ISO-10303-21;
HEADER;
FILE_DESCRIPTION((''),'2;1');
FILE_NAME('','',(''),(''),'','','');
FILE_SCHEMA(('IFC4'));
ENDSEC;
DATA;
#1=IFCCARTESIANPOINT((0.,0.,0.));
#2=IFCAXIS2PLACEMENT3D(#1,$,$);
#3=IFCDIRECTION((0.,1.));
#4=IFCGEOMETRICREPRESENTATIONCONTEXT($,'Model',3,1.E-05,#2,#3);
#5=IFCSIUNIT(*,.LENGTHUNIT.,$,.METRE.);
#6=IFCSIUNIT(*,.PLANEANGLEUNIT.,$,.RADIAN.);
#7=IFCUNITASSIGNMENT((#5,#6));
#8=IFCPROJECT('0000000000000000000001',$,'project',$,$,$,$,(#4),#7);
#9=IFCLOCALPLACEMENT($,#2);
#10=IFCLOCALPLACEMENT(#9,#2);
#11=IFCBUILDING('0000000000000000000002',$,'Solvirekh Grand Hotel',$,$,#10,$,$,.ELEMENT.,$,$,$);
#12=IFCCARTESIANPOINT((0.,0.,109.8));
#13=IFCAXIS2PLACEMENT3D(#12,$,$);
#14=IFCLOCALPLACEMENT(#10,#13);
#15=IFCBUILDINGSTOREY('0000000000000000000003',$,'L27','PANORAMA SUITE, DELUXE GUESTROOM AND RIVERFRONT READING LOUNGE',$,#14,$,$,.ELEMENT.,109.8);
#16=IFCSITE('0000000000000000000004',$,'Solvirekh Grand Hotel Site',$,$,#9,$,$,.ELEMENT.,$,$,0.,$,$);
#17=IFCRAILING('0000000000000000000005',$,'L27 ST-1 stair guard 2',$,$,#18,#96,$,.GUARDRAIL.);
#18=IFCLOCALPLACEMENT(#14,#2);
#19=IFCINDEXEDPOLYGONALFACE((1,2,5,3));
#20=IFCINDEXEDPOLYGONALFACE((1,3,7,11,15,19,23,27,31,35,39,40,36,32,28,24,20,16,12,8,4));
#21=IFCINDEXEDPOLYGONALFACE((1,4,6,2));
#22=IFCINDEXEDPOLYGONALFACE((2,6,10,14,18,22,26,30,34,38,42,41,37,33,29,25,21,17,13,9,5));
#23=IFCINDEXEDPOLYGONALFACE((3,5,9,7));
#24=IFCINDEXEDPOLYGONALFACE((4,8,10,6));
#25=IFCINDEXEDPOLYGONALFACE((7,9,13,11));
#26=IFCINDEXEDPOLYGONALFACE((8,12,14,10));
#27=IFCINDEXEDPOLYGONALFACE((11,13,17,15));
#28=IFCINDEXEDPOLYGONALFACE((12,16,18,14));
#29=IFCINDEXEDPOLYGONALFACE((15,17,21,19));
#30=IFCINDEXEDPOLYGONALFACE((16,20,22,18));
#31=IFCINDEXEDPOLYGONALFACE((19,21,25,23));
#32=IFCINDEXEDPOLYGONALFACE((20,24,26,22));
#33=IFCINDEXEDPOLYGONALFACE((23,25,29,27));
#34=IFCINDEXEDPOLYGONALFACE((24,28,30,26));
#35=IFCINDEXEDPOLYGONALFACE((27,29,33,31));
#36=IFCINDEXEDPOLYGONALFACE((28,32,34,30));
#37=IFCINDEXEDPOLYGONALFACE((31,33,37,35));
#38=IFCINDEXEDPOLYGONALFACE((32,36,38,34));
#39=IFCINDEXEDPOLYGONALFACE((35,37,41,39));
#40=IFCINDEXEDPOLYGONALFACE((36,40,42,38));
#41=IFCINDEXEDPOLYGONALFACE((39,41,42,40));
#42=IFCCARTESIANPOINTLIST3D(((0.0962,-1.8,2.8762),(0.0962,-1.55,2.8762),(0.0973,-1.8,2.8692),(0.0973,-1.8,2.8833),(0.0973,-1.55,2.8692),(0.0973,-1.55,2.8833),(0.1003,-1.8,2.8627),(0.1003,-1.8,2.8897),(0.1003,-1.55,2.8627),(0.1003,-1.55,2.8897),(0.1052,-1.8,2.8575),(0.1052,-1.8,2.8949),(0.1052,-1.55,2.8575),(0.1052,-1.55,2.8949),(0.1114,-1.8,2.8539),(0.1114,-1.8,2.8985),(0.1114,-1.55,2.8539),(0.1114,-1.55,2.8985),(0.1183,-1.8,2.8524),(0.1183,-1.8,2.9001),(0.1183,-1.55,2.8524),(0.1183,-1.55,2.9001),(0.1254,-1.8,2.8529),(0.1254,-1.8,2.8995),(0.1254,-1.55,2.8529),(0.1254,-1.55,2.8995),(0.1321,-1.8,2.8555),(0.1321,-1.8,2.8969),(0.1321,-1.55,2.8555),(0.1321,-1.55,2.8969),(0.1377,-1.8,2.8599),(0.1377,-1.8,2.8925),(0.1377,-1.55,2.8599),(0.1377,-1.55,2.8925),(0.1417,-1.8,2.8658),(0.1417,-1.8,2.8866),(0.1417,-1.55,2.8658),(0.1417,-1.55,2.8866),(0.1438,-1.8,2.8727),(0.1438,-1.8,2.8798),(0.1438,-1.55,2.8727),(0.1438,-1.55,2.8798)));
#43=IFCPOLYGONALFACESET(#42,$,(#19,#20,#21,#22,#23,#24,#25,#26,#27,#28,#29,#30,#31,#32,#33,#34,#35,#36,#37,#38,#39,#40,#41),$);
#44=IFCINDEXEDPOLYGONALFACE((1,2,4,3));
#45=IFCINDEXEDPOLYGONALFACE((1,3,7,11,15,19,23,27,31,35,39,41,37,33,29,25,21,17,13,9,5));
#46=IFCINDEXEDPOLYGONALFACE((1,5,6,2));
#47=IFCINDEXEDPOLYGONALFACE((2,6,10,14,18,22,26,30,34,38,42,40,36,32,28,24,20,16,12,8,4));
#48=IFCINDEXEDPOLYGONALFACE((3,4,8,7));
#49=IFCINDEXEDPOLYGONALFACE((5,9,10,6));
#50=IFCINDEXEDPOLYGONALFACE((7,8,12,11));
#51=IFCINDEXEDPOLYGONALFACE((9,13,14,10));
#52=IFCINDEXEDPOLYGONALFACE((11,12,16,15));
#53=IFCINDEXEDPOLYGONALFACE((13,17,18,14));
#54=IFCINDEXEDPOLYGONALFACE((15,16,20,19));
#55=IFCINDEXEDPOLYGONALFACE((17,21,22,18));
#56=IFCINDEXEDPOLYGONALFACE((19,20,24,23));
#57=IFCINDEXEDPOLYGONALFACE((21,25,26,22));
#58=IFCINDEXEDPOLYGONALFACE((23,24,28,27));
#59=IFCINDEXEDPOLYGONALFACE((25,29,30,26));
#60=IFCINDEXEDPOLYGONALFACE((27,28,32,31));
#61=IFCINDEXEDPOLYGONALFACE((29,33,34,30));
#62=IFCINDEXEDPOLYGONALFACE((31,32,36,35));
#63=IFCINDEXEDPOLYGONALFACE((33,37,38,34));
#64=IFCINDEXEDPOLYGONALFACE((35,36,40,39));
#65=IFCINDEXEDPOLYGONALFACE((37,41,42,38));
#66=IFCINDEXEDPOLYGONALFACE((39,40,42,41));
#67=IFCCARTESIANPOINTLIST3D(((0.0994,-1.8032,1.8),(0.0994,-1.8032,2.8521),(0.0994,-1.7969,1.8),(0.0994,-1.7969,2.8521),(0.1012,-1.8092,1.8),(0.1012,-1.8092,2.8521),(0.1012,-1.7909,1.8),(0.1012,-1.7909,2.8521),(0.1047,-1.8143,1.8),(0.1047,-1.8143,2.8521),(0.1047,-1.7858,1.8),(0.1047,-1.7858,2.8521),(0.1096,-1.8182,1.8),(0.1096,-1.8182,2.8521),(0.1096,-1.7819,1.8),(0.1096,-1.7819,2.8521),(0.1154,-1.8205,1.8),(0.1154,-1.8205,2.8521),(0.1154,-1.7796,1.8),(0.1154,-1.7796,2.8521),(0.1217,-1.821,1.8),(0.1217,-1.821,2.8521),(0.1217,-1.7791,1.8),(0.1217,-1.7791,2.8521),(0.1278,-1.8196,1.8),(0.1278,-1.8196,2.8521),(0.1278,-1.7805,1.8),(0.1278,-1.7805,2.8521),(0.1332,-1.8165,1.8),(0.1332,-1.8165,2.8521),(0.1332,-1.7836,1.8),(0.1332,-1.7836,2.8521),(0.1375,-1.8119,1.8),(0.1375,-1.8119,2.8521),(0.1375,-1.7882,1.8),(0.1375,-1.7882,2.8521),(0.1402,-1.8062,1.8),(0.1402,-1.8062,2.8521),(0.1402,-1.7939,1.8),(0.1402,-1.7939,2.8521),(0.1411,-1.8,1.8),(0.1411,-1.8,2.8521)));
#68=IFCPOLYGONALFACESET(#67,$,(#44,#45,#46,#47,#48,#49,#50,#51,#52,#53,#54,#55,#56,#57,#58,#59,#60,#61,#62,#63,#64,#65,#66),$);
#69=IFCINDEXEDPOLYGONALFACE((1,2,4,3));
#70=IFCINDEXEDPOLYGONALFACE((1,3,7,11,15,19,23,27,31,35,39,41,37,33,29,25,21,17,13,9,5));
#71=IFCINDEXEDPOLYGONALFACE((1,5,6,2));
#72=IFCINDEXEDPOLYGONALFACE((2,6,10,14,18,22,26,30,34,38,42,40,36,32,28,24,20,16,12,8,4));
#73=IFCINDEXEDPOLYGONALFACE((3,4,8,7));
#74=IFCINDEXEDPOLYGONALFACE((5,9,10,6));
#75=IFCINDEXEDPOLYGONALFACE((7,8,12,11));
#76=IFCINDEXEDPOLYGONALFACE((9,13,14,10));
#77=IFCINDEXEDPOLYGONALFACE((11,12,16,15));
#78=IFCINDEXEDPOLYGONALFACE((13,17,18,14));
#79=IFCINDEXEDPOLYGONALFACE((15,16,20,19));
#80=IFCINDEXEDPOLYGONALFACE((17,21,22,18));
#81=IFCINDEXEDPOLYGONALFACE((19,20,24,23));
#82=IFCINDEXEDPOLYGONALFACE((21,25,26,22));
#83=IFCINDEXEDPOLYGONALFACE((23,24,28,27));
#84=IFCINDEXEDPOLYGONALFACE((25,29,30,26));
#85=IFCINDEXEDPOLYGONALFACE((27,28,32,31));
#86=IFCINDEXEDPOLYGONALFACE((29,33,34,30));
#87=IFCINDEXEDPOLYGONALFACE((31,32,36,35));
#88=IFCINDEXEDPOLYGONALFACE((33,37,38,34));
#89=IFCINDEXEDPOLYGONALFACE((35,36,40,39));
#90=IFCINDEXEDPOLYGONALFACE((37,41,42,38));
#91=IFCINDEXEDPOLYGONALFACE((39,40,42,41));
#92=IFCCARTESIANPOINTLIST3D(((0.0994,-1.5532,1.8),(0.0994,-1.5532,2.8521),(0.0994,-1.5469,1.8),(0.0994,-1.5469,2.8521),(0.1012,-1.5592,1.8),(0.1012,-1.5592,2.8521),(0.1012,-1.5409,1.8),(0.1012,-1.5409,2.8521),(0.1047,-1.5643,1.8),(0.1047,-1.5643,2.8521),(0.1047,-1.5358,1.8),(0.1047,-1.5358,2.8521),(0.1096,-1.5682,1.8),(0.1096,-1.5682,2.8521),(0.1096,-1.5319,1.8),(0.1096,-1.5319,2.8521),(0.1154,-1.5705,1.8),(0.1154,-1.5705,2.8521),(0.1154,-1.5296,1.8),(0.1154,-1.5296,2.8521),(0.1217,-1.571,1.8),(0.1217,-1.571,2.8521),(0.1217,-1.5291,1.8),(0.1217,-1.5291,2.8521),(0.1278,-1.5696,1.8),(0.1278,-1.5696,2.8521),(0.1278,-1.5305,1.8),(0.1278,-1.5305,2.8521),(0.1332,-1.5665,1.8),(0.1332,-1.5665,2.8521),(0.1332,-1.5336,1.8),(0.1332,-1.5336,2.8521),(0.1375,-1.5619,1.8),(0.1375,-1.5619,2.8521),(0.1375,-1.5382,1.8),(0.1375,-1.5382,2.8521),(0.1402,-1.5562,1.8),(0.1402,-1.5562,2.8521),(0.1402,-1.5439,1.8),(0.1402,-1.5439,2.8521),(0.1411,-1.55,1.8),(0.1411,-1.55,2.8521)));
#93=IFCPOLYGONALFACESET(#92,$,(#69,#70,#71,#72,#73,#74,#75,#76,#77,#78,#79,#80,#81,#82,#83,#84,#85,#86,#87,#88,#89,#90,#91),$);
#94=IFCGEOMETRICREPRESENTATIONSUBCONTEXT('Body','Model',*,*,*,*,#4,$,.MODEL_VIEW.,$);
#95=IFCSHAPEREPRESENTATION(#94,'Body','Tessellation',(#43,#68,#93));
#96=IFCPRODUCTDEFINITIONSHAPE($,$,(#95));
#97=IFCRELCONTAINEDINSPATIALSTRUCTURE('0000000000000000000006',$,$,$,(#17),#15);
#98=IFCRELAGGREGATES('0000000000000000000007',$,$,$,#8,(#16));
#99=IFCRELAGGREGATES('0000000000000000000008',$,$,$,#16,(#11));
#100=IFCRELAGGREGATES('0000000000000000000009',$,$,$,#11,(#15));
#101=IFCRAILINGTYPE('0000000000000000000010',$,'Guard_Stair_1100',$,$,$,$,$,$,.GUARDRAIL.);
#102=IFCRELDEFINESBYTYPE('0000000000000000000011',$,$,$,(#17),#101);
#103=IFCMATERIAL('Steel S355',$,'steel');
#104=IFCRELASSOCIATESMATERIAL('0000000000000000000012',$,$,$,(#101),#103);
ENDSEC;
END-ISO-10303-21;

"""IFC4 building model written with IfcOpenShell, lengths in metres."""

from ifc_helpers import new_model, si_unit, direction, frame, origin, origin_2d, place, context, subcontext, project, spatial, circle, extrude, material, type_object, element, save


model = new_model("IFC4")

# Units and contexts
model_context = context("Model", 3, precision=1e-05, world=origin(), true_north=direction((0.0, 1.0)))
body_context = subcontext(model_context, "Body", "Model", "MODEL_VIEW")
ifc_project = project(units=[si_unit("LENGTHUNIT", "METRE"), si_unit("PLANEANGLEUNIT", "RADIAN")], contexts=[model_context])

# Site, building, storey
site_placement = place(None, origin())
site = spatial("IfcSite", under=ifc_project, at=site_placement, Name="Solvirekh Grand Hotel Site", CompositionType="ELEMENT", RefElevation=0.0)
building_placement = place(site_placement, origin())
building = spatial("IfcBuilding", under=site, at=building_placement, Name="Solvirekh Grand Hotel", CompositionType="ELEMENT")
storey_placement = place(building_placement, frame((0.0, 0.0, 109.8)))
storey = spatial("IfcBuildingStorey", under=building, at=storey_placement, Name="L27", Description="PANORAMA SUITE, DELUXE GUESTROOM AND RIVERFRONT READING LOUNGE", CompositionType="ELEMENT", Elevation=109.8)

# Shared definitions
ifc_material_1 = material(Name="Steel S355", Category="steel")

# Railing
railing_type_1 = type_object("IfcRailingType", Name="Guard_Stair_1100", PredefinedType="GUARDRAIL", material=ifc_material_1)
railing_1_placement = place(storey_placement, frame((0.1201, -1.8, 1.8)))
element("IfcRailing", 1, at=railing_1_placement, inside=storey, type_object=railing_type_1, Name="L27 ST-1 stair guard 2", PredefinedType="GUARDRAIL", context=body_context, shape_type="SweptSolid", body=[
    extrude(circle(Radius=0.0239, at=origin_2d()), frame((0.0, 0.0, 1.0762), z_axis=(0.0, 1.0, 0.0), x_axis=(-1.0, 0.0, 0.0)), (0.0, 0.0, 1.0), 0.25),
    extrude(circle(Radius=0.021, at=origin_2d()), origin(), (0.0, 0.0, 1.0), 1.052),
    extrude(circle(Radius=0.021, at=origin_2d()), frame((0.0, 0.25, 0.0)), (0.0, 0.0, 1.0), 1.052),
])

save(model, "model.ifc")
